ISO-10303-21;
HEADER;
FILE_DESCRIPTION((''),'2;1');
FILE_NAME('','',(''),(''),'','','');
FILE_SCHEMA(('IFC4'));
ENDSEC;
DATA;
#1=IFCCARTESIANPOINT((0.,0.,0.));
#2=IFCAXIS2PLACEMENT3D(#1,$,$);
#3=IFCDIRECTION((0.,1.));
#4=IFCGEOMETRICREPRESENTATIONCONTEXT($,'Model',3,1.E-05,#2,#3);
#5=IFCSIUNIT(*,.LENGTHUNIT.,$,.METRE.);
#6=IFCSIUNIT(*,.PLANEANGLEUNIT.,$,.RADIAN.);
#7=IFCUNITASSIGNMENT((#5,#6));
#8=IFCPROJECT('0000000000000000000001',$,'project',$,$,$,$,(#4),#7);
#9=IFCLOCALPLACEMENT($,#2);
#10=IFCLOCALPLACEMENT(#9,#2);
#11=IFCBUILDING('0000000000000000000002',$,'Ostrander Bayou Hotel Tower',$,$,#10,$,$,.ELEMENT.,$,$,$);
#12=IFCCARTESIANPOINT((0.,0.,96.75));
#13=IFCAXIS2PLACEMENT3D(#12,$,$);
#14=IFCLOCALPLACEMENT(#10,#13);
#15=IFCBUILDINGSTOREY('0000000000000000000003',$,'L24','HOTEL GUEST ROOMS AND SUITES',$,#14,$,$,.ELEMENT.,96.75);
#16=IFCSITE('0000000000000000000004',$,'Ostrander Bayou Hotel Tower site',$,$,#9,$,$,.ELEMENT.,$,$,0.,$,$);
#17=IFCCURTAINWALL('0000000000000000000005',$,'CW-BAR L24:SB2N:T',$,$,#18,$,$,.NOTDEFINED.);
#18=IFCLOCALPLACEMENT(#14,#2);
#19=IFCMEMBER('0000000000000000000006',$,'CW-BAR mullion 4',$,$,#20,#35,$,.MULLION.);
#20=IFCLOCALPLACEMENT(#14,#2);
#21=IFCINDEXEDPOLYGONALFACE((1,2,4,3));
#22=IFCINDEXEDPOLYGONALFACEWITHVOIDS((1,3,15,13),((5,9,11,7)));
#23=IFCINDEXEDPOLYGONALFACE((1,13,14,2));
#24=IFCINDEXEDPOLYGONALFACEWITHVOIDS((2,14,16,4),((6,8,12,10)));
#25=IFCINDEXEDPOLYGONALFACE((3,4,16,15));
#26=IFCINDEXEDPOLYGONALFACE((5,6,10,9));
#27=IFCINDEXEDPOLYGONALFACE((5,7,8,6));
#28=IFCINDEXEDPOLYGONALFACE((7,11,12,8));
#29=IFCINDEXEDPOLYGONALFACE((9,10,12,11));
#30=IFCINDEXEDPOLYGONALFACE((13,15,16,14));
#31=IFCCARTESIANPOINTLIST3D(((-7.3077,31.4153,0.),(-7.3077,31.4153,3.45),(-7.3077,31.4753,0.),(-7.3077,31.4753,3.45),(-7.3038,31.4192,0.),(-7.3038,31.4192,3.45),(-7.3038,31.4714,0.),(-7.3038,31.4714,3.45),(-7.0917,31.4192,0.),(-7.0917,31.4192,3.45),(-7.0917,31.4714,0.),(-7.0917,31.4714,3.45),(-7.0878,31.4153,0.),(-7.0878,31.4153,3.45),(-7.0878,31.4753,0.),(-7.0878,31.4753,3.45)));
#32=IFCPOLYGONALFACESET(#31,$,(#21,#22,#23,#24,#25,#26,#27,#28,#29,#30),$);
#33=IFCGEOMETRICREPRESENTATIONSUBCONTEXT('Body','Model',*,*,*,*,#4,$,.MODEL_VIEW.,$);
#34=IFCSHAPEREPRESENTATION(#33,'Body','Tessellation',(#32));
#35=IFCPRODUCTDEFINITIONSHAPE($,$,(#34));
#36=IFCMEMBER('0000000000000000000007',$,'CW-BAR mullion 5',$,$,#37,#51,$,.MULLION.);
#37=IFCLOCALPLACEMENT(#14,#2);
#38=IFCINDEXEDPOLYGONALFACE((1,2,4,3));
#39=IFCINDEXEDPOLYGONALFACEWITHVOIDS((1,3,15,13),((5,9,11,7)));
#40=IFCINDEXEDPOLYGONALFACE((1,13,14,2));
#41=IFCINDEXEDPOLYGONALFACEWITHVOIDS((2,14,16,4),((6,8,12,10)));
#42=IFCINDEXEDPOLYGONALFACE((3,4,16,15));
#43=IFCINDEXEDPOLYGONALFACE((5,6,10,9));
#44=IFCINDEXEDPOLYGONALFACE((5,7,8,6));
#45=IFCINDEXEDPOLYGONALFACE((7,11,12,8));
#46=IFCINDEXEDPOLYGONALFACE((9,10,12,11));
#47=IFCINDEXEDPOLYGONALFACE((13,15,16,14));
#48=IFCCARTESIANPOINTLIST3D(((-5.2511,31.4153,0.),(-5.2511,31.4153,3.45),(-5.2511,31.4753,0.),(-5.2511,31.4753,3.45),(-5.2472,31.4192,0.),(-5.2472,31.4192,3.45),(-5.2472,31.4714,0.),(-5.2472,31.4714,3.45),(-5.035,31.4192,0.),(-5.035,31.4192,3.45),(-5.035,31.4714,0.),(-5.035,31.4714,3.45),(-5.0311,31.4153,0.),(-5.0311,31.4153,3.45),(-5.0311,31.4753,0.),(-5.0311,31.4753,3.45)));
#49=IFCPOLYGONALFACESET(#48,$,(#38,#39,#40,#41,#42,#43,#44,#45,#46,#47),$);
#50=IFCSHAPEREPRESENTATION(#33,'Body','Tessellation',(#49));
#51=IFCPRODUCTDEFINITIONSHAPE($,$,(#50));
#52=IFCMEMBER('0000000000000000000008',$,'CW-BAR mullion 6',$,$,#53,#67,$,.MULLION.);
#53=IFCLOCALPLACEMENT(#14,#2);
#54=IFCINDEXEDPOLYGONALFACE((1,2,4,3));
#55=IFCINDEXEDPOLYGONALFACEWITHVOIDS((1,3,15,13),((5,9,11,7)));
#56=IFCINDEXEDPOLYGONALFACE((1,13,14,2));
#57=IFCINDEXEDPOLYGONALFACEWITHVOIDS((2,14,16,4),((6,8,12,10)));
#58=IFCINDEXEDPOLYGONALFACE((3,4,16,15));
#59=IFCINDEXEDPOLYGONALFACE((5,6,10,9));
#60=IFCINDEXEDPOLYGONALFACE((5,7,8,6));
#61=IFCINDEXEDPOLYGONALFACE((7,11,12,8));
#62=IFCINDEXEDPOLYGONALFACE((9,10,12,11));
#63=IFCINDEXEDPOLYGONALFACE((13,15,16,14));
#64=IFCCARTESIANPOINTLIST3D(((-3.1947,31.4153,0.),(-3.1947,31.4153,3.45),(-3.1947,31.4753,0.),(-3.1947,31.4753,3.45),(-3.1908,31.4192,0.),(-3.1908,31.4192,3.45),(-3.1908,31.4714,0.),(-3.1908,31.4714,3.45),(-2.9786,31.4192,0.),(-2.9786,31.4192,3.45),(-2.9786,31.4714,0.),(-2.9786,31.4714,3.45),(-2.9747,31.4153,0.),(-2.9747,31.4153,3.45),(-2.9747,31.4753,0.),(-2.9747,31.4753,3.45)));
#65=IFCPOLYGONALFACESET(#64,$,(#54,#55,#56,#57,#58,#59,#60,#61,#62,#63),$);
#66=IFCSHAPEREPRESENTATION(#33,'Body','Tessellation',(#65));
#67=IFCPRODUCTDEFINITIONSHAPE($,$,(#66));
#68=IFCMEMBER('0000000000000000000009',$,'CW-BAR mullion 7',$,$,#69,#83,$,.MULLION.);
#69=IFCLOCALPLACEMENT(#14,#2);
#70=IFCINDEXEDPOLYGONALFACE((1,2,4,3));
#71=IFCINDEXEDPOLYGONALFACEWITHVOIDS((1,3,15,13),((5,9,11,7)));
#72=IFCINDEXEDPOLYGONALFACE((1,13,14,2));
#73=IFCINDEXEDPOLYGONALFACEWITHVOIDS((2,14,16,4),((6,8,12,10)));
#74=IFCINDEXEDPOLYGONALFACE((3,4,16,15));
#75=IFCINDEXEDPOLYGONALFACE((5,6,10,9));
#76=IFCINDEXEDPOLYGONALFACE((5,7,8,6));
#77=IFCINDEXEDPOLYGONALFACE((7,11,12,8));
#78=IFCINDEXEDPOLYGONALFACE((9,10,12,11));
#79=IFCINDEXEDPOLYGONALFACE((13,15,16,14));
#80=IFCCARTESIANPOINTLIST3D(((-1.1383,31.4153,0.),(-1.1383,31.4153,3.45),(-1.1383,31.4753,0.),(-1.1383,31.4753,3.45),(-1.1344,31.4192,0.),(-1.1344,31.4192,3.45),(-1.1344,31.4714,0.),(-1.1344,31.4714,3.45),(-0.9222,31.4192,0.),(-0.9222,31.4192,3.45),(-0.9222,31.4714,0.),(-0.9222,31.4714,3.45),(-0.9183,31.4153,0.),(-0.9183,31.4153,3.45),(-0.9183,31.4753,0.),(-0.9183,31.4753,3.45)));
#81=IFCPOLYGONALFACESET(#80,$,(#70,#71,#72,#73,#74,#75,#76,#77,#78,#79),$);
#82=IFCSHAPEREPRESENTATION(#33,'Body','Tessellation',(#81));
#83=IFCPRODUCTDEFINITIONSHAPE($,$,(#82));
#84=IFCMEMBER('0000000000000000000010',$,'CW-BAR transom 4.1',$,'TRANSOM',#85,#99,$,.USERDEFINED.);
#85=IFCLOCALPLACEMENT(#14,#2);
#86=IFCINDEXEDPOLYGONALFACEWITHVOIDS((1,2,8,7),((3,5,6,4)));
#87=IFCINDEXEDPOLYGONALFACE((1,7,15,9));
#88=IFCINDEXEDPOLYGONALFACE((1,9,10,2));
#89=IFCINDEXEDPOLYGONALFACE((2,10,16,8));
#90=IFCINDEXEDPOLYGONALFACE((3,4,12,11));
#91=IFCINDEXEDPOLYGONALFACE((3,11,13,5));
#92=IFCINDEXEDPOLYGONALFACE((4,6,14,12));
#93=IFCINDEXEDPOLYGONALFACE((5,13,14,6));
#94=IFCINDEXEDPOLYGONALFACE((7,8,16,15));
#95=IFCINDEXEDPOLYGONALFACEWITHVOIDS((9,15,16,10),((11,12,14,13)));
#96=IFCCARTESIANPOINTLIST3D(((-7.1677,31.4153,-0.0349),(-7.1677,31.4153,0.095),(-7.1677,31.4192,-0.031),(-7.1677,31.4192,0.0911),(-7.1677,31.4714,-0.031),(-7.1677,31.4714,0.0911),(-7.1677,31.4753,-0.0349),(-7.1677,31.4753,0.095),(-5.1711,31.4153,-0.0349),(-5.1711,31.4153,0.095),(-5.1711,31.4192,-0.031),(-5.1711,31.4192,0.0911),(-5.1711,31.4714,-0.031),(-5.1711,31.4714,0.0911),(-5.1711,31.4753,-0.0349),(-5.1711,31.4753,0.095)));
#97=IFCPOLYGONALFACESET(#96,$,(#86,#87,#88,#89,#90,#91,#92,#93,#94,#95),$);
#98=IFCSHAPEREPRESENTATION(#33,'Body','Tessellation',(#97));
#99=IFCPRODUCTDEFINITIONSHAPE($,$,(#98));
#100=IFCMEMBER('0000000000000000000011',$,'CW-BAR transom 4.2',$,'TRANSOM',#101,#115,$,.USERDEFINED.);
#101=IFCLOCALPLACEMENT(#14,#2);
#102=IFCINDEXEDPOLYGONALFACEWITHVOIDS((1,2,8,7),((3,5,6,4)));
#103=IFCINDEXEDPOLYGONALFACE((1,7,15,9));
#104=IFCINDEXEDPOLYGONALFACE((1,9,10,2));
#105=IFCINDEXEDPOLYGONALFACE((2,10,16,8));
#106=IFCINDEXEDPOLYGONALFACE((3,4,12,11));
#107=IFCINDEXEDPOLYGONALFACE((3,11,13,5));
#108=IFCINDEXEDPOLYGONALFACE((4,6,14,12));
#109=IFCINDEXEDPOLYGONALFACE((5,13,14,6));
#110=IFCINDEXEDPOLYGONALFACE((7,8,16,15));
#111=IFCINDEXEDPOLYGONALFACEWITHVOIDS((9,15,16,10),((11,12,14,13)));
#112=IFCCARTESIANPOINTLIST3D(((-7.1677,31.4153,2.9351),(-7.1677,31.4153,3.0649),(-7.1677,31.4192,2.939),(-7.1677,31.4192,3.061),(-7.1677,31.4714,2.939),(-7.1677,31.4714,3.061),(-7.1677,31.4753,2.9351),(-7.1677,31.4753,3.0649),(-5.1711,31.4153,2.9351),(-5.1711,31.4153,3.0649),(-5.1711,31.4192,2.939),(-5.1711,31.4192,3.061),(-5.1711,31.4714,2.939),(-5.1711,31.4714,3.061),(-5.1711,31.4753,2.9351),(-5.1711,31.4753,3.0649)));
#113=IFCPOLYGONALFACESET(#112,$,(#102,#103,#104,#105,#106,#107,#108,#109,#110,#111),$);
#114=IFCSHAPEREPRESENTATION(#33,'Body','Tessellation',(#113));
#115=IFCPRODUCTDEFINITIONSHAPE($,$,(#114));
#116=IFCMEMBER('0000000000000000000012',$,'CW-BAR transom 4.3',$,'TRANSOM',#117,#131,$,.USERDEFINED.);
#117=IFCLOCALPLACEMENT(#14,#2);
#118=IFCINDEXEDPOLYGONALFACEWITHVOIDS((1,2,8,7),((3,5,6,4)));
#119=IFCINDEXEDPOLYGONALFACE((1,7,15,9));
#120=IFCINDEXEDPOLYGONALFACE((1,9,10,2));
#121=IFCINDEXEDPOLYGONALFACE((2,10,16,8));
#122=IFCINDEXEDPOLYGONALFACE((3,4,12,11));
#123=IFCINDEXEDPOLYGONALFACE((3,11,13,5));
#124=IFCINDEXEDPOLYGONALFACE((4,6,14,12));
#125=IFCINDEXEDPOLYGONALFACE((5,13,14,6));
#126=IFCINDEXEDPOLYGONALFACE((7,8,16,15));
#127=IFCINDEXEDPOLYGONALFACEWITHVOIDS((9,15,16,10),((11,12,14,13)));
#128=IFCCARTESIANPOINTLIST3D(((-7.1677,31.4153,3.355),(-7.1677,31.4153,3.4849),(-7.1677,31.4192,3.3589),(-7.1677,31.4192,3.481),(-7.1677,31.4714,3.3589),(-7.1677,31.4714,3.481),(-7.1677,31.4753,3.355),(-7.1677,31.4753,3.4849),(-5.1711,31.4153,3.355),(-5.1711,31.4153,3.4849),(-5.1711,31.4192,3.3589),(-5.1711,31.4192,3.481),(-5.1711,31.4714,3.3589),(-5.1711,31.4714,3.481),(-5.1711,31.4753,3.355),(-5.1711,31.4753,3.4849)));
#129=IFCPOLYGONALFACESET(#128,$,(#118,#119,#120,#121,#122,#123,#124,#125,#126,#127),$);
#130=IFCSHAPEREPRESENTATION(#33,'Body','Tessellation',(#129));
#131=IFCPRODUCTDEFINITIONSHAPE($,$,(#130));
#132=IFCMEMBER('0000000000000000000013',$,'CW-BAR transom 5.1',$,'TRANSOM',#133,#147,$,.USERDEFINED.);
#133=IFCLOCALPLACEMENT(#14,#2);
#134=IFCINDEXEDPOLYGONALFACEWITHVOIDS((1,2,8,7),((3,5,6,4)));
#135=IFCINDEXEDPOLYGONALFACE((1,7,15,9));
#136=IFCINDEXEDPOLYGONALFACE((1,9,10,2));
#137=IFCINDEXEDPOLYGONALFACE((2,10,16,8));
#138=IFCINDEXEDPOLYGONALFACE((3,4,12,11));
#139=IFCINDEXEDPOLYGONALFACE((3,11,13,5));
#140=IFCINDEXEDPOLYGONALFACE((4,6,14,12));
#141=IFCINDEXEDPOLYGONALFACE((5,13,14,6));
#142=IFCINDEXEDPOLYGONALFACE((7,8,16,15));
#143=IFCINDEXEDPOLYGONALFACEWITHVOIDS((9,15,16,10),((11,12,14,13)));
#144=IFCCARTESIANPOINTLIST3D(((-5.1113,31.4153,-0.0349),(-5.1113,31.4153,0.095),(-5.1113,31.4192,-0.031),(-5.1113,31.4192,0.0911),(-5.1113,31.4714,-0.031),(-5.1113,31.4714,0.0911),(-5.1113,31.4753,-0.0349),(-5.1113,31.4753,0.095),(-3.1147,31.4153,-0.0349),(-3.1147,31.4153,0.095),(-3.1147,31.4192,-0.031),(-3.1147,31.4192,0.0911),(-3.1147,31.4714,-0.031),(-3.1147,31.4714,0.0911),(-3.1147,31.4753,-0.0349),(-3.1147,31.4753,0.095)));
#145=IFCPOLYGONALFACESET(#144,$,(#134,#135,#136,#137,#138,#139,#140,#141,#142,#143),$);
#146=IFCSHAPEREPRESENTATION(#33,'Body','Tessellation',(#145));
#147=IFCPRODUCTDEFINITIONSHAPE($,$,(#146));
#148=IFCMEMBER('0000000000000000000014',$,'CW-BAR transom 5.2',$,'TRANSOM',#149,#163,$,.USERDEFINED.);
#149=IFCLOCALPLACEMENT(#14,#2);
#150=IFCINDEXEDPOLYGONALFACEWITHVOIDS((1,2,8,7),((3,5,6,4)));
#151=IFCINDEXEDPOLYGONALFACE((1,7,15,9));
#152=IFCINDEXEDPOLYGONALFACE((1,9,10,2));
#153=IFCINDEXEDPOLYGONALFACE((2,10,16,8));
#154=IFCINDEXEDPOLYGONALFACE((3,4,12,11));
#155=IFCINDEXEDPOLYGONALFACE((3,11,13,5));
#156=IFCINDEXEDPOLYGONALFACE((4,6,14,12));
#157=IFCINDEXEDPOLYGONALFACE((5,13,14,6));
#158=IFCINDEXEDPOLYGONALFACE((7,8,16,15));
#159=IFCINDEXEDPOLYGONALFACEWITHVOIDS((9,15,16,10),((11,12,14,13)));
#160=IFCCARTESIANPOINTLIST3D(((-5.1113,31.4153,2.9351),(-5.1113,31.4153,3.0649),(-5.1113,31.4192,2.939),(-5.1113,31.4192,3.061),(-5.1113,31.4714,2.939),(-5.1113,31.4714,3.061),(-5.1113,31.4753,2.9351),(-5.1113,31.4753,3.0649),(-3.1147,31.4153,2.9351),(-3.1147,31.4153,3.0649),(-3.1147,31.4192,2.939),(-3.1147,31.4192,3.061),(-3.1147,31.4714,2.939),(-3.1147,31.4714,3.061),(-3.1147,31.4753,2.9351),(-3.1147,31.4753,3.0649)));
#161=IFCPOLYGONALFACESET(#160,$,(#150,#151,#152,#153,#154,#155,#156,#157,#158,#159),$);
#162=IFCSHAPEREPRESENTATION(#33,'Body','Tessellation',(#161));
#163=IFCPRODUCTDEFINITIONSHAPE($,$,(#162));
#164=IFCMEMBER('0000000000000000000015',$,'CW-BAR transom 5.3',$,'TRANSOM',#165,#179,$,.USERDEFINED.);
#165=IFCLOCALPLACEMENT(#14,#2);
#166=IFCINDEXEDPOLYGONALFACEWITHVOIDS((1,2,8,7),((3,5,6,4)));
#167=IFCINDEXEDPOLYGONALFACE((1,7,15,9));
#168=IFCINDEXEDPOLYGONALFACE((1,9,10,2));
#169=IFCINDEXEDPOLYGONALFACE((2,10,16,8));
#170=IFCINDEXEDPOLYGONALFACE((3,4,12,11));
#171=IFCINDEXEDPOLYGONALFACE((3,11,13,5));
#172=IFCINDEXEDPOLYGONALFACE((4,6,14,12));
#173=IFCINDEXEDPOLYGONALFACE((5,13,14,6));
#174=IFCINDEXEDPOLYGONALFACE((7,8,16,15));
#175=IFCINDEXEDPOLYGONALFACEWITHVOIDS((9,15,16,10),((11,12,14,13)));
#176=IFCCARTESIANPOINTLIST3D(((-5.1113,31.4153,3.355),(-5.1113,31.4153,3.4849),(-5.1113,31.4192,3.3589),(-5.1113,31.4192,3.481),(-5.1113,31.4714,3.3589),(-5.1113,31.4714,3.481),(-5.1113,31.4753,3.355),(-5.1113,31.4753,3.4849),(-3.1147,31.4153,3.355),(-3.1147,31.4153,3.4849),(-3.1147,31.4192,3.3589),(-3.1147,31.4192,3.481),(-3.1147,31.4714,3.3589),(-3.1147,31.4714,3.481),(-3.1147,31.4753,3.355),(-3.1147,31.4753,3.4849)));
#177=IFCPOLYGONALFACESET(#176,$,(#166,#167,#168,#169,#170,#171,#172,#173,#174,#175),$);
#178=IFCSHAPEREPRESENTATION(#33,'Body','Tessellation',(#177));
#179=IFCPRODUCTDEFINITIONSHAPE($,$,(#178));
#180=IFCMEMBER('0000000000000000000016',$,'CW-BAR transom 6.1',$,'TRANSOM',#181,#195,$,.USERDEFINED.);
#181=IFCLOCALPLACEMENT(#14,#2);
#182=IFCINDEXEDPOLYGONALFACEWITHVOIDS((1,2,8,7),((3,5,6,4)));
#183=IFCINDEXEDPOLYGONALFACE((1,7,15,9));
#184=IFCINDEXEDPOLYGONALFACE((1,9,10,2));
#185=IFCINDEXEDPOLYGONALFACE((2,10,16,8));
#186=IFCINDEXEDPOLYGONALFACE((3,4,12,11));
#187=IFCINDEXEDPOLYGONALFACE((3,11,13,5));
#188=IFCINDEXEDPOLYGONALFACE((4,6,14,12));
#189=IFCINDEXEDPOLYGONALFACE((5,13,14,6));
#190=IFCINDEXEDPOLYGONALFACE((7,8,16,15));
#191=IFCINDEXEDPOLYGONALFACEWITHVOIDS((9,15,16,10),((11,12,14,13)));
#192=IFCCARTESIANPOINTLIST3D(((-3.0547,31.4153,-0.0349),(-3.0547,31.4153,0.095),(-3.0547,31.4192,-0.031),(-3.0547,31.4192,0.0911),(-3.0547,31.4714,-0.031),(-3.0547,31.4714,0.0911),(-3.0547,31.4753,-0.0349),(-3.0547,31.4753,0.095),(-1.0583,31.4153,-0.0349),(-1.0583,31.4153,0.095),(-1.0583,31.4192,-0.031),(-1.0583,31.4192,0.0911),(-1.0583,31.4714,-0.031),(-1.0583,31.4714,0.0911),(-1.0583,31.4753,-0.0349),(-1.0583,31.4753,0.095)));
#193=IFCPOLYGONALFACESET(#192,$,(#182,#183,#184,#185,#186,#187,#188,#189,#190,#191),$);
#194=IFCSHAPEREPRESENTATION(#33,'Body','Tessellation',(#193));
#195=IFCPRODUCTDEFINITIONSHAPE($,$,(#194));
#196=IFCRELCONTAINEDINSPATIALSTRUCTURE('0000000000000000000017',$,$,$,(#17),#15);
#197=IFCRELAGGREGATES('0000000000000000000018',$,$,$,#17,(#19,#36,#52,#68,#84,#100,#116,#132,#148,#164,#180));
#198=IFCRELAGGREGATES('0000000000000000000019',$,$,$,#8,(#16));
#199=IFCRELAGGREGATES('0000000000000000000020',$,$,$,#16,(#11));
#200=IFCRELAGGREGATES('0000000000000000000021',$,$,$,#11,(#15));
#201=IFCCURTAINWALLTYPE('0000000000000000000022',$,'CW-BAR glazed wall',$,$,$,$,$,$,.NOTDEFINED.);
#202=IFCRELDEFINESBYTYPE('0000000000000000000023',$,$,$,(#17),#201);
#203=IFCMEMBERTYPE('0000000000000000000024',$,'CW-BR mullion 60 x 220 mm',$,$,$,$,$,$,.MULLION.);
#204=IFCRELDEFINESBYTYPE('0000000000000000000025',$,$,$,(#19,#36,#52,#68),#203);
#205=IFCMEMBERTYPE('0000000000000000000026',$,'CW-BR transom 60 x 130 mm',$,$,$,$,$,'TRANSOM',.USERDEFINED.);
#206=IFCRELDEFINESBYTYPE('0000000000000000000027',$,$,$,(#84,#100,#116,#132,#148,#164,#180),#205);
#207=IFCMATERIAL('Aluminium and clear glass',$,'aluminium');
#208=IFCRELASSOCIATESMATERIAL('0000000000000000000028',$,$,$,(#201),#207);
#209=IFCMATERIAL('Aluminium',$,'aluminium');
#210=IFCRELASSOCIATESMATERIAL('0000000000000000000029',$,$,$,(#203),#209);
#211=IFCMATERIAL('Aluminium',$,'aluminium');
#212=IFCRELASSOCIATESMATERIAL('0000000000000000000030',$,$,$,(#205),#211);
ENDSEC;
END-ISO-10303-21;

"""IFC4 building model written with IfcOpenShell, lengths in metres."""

from ifc_helpers import new_model, si_unit, direction, frame, origin, origin_2d, place, context, subcontext, project, spatial, hollow_rectangle, extrude, material, material_profile, profile_set, type_object, element, aggregate, save


model = new_model("IFC4")

# Units and contexts
model_context = context("Model", 3, precision=1e-05, world=origin(), true_north=direction((0.0, 1.0)))
body_context = subcontext(model_context, "Body", "Model", "MODEL_VIEW")
ifc_project = project(units=[si_unit("LENGTHUNIT", "METRE"), si_unit("PLANEANGLEUNIT", "RADIAN")], contexts=[model_context])

# Site, building, storey
site_placement = place(None, origin())
site = spatial("IfcSite", under=ifc_project, at=site_placement, Name="Ostrander Bayou Hotel Tower site", CompositionType="ELEMENT", RefElevation=0.0)
building_placement = place(site_placement, origin())
building = spatial("IfcBuilding", under=site, at=building_placement, Name="Ostrander Bayou Hotel Tower", CompositionType="ELEMENT")
storey_placement = place(building_placement, frame((0.0, 0.0, 96.75)))
storey = spatial("IfcBuildingStorey", under=building, at=storey_placement, Name="L24", Description="HOTEL GUEST ROOMS AND SUITES", CompositionType="ELEMENT", Elevation=96.75)

# Curtain wall, members
ifc_material_1 = material(Name="Aluminium and clear glass", Category="aluminium")
curtain_wall_type = type_object("IfcCurtainWallType", Name="CW-BAR glazed wall", PredefinedType="NOTDEFINED", material=ifc_material_1)
curtain_wall_placement = place(storey_placement, origin())
curtain_wall = element("IfcCurtainWall", 1, at=curtain_wall_placement, inside=storey, type_object=curtain_wall_type, Name="CW-BAR L24:SB2N:T", PredefinedType="NOTDEFINED")
ifc_material_2 = material(Name="Aluminium", Category="aluminium")
ifc_material_profile_1 = material_profile(ifc_material_2, hollow_rectangle(XDim=0.0601, YDim=0.22, WallThickness=0.0039, at=origin_2d()))
ifc_profile_set_1 = profile_set([ifc_material_profile_1], Name="Aluminium")
member_type_1 = type_object("IfcMemberType", Name="CW-BR mullion 60 x 220 mm", PredefinedType="MULLION", material=ifc_profile_set_1)
member_1_placement = place(storey_placement, frame((-7.1978, 31.4453, 0.0), z_axis=(0.0, 0.0, 1.0), x_axis=(0.0, 1.0, 0.0)))
member_1 = element("IfcMember", 2, at=member_1_placement, type_object=member_type_1, Name="CW-BAR mullion 4", PredefinedType="MULLION", context=body_context, shape_type="SweptSolid", body=[
    extrude(hollow_rectangle(XDim=0.0601, YDim=0.22, WallThickness=0.0039, at=origin_2d()), origin(), (0.0, 0.0, 1.0), 3.45),
])
member_2_placement = place(storey_placement, frame((-5.1411, 31.4453, 0.0), z_axis=(0.0, 0.0, 1.0), x_axis=(0.0, 1.0, 0.0)))
member_2 = element("IfcMember", 3, at=member_2_placement, type_object=member_type_1, Name="CW-BAR mullion 5", PredefinedType="MULLION", context=body_context, shape_type="SweptSolid", body=[
    extrude(hollow_rectangle(XDim=0.0601, YDim=0.22, WallThickness=0.0039, at=origin_2d()), origin(), (0.0, 0.0, 1.0), 3.45),
])
member_3_placement = place(storey_placement, frame((-3.0847, 31.4453, 0.0), z_axis=(0.0, 0.0, 1.0), x_axis=(0.0, 1.0, 0.0)))
member_3 = element("IfcMember", 4, at=member_3_placement, type_object=member_type_1, Name="CW-BAR mullion 6", PredefinedType="MULLION", context=body_context, shape_type="SweptSolid", body=[
    extrude(hollow_rectangle(XDim=0.0601, YDim=0.22, WallThickness=0.0039, at=origin_2d()), origin(), (0.0, 0.0, 1.0), 3.45),
])
member_4_placement = place(storey_placement, frame((-1.0283, 31.4453, 0.0), z_axis=(0.0, 0.0, 1.0), x_axis=(0.0, 1.0, 0.0)))
member_4 = element("IfcMember", 5, at=member_4_placement, type_object=member_type_1, Name="CW-BAR mullion 7", PredefinedType="MULLION", context=body_context, shape_type="SweptSolid", body=[
    extrude(hollow_rectangle(XDim=0.0601, YDim=0.22, WallThickness=0.0039, at=origin_2d()), origin(), (0.0, 0.0, 1.0), 3.45),
])
ifc_material_3 = material(Name="Aluminium", Category="aluminium")
ifc_material_profile_2 = material_profile(ifc_material_3, hollow_rectangle(XDim=0.0601, YDim=0.1299, WallThickness=0.0039, at=origin_2d()))
ifc_profile_set_2 = profile_set([ifc_material_profile_2], Name="Aluminium")
member_type_2 = type_object("IfcMemberType", Name="CW-BR transom 60 x 130 mm", ElementType="TRANSOM", PredefinedType="USERDEFINED", material=ifc_profile_set_2)
member_5_placement = place(storey_placement, frame((-7.1677, 31.4453, 0.03), z_axis=(1.0, 0.0, 0.0), x_axis=(0.0, 1.0, 0.0)))
member_5 = element("IfcMember", 6, at=member_5_placement, type_object=member_type_2, Name="CW-BAR transom 4.1", ObjectType="TRANSOM", PredefinedType="USERDEFINED", context=body_context, shape_type="SweptSolid", body=[
    extrude(hollow_rectangle(XDim=0.0601, YDim=0.1299, WallThickness=0.0039, at=origin_2d()), origin(), (0.0, 0.0, 1.0), 1.9966),
])
member_6_placement = place(storey_placement, frame((-7.1677, 31.4453, 3.0), z_axis=(1.0, 0.0, 0.0), x_axis=(0.0, 1.0, 0.0)))
member_6 = element("IfcMember", 7, at=member_6_placement, type_object=member_type_2, Name="CW-BAR transom 4.2", ObjectType="TRANSOM", PredefinedType="USERDEFINED", context=body_context, shape_type="SweptSolid", body=[
    extrude(hollow_rectangle(XDim=0.0601, YDim=0.1299, WallThickness=0.0039, at=origin_2d()), origin(), (0.0, 0.0, 1.0), 1.9966),
])
member_7_placement = place(storey_placement, frame((-7.1677, 31.4453, 3.4199), z_axis=(1.0, 0.0, 0.0), x_axis=(0.0, 1.0, 0.0)))
member_7 = element("IfcMember", 8, at=member_7_placement, type_object=member_type_2, Name="CW-BAR transom 4.3", ObjectType="TRANSOM", PredefinedType="USERDEFINED", context=body_context, shape_type="SweptSolid", body=[
    extrude(hollow_rectangle(XDim=0.0601, YDim=0.1299, WallThickness=0.0039, at=origin_2d()), origin(), (0.0, 0.0, 1.0), 1.9966),
])
member_8_placement = place(storey_placement, frame((-5.1113, 31.4453, 0.03), z_axis=(1.0, 0.0, 0.0), x_axis=(0.0, 1.0, 0.0)))
member_8 = element("IfcMember", 9, at=member_8_placement, type_object=member_type_2, Name="CW-BAR transom 5.1", ObjectType="TRANSOM", PredefinedType="USERDEFINED", context=body_context, shape_type="SweptSolid", body=[
    extrude(hollow_rectangle(XDim=0.0601, YDim=0.1299, WallThickness=0.0039, at=origin_2d()), origin(), (0.0, 0.0, 1.0), 1.9966),
])
member_9_placement = place(storey_placement, frame((-5.1113, 31.4453, 3.0), z_axis=(1.0, 0.0, 0.0), x_axis=(0.0, 1.0, 0.0)))
member_9 = element("IfcMember", 10, at=member_9_placement, type_object=member_type_2, Name="CW-BAR transom 5.2", ObjectType="TRANSOM", PredefinedType="USERDEFINED", context=body_context, shape_type="SweptSolid", body=[
    extrude(hollow_rectangle(XDim=0.0601, YDim=0.1299, WallThickness=0.0039, at=origin_2d()), origin(), (0.0, 0.0, 1.0), 1.9966),
])
member_10_placement = place(storey_placement, frame((-5.1113, 31.4453, 3.4199), z_axis=(1.0, 0.0, 0.0), x_axis=(0.0, 1.0, 0.0)))
member_10 = element("IfcMember", 11, at=member_10_placement, type_object=member_type_2, Name="CW-BAR transom 5.3", ObjectType="TRANSOM", PredefinedType="USERDEFINED", context=body_context, shape_type="SweptSolid", body=[
    extrude(hollow_rectangle(XDim=0.0601, YDim=0.1299, WallThickness=0.0039, at=origin_2d()), origin(), (0.0, 0.0, 1.0), 1.9966),
])
member_11_placement = place(storey_placement, frame((-3.0547, 31.4453, 0.03), z_axis=(1.0, 0.0, 0.0), x_axis=(0.0, 1.0, 0.0)))
member_11 = element("IfcMember", 12, at=member_11_placement, type_object=member_type_2, Name="CW-BAR transom 6.1", ObjectType="TRANSOM", PredefinedType="USERDEFINED", context=body_context, shape_type="SweptSolid", body=[
    extrude(hollow_rectangle(XDim=0.0601, YDim=0.1299, WallThickness=0.0039, at=origin_2d()), origin(), (0.0, 0.0, 1.0), 1.9963),
])
aggregate(curtain_wall, [member_1, member_2, member_3, member_4, member_5, member_6, member_7, member_8, member_9, member_10, member_11])

save(model, "model.ifc")
